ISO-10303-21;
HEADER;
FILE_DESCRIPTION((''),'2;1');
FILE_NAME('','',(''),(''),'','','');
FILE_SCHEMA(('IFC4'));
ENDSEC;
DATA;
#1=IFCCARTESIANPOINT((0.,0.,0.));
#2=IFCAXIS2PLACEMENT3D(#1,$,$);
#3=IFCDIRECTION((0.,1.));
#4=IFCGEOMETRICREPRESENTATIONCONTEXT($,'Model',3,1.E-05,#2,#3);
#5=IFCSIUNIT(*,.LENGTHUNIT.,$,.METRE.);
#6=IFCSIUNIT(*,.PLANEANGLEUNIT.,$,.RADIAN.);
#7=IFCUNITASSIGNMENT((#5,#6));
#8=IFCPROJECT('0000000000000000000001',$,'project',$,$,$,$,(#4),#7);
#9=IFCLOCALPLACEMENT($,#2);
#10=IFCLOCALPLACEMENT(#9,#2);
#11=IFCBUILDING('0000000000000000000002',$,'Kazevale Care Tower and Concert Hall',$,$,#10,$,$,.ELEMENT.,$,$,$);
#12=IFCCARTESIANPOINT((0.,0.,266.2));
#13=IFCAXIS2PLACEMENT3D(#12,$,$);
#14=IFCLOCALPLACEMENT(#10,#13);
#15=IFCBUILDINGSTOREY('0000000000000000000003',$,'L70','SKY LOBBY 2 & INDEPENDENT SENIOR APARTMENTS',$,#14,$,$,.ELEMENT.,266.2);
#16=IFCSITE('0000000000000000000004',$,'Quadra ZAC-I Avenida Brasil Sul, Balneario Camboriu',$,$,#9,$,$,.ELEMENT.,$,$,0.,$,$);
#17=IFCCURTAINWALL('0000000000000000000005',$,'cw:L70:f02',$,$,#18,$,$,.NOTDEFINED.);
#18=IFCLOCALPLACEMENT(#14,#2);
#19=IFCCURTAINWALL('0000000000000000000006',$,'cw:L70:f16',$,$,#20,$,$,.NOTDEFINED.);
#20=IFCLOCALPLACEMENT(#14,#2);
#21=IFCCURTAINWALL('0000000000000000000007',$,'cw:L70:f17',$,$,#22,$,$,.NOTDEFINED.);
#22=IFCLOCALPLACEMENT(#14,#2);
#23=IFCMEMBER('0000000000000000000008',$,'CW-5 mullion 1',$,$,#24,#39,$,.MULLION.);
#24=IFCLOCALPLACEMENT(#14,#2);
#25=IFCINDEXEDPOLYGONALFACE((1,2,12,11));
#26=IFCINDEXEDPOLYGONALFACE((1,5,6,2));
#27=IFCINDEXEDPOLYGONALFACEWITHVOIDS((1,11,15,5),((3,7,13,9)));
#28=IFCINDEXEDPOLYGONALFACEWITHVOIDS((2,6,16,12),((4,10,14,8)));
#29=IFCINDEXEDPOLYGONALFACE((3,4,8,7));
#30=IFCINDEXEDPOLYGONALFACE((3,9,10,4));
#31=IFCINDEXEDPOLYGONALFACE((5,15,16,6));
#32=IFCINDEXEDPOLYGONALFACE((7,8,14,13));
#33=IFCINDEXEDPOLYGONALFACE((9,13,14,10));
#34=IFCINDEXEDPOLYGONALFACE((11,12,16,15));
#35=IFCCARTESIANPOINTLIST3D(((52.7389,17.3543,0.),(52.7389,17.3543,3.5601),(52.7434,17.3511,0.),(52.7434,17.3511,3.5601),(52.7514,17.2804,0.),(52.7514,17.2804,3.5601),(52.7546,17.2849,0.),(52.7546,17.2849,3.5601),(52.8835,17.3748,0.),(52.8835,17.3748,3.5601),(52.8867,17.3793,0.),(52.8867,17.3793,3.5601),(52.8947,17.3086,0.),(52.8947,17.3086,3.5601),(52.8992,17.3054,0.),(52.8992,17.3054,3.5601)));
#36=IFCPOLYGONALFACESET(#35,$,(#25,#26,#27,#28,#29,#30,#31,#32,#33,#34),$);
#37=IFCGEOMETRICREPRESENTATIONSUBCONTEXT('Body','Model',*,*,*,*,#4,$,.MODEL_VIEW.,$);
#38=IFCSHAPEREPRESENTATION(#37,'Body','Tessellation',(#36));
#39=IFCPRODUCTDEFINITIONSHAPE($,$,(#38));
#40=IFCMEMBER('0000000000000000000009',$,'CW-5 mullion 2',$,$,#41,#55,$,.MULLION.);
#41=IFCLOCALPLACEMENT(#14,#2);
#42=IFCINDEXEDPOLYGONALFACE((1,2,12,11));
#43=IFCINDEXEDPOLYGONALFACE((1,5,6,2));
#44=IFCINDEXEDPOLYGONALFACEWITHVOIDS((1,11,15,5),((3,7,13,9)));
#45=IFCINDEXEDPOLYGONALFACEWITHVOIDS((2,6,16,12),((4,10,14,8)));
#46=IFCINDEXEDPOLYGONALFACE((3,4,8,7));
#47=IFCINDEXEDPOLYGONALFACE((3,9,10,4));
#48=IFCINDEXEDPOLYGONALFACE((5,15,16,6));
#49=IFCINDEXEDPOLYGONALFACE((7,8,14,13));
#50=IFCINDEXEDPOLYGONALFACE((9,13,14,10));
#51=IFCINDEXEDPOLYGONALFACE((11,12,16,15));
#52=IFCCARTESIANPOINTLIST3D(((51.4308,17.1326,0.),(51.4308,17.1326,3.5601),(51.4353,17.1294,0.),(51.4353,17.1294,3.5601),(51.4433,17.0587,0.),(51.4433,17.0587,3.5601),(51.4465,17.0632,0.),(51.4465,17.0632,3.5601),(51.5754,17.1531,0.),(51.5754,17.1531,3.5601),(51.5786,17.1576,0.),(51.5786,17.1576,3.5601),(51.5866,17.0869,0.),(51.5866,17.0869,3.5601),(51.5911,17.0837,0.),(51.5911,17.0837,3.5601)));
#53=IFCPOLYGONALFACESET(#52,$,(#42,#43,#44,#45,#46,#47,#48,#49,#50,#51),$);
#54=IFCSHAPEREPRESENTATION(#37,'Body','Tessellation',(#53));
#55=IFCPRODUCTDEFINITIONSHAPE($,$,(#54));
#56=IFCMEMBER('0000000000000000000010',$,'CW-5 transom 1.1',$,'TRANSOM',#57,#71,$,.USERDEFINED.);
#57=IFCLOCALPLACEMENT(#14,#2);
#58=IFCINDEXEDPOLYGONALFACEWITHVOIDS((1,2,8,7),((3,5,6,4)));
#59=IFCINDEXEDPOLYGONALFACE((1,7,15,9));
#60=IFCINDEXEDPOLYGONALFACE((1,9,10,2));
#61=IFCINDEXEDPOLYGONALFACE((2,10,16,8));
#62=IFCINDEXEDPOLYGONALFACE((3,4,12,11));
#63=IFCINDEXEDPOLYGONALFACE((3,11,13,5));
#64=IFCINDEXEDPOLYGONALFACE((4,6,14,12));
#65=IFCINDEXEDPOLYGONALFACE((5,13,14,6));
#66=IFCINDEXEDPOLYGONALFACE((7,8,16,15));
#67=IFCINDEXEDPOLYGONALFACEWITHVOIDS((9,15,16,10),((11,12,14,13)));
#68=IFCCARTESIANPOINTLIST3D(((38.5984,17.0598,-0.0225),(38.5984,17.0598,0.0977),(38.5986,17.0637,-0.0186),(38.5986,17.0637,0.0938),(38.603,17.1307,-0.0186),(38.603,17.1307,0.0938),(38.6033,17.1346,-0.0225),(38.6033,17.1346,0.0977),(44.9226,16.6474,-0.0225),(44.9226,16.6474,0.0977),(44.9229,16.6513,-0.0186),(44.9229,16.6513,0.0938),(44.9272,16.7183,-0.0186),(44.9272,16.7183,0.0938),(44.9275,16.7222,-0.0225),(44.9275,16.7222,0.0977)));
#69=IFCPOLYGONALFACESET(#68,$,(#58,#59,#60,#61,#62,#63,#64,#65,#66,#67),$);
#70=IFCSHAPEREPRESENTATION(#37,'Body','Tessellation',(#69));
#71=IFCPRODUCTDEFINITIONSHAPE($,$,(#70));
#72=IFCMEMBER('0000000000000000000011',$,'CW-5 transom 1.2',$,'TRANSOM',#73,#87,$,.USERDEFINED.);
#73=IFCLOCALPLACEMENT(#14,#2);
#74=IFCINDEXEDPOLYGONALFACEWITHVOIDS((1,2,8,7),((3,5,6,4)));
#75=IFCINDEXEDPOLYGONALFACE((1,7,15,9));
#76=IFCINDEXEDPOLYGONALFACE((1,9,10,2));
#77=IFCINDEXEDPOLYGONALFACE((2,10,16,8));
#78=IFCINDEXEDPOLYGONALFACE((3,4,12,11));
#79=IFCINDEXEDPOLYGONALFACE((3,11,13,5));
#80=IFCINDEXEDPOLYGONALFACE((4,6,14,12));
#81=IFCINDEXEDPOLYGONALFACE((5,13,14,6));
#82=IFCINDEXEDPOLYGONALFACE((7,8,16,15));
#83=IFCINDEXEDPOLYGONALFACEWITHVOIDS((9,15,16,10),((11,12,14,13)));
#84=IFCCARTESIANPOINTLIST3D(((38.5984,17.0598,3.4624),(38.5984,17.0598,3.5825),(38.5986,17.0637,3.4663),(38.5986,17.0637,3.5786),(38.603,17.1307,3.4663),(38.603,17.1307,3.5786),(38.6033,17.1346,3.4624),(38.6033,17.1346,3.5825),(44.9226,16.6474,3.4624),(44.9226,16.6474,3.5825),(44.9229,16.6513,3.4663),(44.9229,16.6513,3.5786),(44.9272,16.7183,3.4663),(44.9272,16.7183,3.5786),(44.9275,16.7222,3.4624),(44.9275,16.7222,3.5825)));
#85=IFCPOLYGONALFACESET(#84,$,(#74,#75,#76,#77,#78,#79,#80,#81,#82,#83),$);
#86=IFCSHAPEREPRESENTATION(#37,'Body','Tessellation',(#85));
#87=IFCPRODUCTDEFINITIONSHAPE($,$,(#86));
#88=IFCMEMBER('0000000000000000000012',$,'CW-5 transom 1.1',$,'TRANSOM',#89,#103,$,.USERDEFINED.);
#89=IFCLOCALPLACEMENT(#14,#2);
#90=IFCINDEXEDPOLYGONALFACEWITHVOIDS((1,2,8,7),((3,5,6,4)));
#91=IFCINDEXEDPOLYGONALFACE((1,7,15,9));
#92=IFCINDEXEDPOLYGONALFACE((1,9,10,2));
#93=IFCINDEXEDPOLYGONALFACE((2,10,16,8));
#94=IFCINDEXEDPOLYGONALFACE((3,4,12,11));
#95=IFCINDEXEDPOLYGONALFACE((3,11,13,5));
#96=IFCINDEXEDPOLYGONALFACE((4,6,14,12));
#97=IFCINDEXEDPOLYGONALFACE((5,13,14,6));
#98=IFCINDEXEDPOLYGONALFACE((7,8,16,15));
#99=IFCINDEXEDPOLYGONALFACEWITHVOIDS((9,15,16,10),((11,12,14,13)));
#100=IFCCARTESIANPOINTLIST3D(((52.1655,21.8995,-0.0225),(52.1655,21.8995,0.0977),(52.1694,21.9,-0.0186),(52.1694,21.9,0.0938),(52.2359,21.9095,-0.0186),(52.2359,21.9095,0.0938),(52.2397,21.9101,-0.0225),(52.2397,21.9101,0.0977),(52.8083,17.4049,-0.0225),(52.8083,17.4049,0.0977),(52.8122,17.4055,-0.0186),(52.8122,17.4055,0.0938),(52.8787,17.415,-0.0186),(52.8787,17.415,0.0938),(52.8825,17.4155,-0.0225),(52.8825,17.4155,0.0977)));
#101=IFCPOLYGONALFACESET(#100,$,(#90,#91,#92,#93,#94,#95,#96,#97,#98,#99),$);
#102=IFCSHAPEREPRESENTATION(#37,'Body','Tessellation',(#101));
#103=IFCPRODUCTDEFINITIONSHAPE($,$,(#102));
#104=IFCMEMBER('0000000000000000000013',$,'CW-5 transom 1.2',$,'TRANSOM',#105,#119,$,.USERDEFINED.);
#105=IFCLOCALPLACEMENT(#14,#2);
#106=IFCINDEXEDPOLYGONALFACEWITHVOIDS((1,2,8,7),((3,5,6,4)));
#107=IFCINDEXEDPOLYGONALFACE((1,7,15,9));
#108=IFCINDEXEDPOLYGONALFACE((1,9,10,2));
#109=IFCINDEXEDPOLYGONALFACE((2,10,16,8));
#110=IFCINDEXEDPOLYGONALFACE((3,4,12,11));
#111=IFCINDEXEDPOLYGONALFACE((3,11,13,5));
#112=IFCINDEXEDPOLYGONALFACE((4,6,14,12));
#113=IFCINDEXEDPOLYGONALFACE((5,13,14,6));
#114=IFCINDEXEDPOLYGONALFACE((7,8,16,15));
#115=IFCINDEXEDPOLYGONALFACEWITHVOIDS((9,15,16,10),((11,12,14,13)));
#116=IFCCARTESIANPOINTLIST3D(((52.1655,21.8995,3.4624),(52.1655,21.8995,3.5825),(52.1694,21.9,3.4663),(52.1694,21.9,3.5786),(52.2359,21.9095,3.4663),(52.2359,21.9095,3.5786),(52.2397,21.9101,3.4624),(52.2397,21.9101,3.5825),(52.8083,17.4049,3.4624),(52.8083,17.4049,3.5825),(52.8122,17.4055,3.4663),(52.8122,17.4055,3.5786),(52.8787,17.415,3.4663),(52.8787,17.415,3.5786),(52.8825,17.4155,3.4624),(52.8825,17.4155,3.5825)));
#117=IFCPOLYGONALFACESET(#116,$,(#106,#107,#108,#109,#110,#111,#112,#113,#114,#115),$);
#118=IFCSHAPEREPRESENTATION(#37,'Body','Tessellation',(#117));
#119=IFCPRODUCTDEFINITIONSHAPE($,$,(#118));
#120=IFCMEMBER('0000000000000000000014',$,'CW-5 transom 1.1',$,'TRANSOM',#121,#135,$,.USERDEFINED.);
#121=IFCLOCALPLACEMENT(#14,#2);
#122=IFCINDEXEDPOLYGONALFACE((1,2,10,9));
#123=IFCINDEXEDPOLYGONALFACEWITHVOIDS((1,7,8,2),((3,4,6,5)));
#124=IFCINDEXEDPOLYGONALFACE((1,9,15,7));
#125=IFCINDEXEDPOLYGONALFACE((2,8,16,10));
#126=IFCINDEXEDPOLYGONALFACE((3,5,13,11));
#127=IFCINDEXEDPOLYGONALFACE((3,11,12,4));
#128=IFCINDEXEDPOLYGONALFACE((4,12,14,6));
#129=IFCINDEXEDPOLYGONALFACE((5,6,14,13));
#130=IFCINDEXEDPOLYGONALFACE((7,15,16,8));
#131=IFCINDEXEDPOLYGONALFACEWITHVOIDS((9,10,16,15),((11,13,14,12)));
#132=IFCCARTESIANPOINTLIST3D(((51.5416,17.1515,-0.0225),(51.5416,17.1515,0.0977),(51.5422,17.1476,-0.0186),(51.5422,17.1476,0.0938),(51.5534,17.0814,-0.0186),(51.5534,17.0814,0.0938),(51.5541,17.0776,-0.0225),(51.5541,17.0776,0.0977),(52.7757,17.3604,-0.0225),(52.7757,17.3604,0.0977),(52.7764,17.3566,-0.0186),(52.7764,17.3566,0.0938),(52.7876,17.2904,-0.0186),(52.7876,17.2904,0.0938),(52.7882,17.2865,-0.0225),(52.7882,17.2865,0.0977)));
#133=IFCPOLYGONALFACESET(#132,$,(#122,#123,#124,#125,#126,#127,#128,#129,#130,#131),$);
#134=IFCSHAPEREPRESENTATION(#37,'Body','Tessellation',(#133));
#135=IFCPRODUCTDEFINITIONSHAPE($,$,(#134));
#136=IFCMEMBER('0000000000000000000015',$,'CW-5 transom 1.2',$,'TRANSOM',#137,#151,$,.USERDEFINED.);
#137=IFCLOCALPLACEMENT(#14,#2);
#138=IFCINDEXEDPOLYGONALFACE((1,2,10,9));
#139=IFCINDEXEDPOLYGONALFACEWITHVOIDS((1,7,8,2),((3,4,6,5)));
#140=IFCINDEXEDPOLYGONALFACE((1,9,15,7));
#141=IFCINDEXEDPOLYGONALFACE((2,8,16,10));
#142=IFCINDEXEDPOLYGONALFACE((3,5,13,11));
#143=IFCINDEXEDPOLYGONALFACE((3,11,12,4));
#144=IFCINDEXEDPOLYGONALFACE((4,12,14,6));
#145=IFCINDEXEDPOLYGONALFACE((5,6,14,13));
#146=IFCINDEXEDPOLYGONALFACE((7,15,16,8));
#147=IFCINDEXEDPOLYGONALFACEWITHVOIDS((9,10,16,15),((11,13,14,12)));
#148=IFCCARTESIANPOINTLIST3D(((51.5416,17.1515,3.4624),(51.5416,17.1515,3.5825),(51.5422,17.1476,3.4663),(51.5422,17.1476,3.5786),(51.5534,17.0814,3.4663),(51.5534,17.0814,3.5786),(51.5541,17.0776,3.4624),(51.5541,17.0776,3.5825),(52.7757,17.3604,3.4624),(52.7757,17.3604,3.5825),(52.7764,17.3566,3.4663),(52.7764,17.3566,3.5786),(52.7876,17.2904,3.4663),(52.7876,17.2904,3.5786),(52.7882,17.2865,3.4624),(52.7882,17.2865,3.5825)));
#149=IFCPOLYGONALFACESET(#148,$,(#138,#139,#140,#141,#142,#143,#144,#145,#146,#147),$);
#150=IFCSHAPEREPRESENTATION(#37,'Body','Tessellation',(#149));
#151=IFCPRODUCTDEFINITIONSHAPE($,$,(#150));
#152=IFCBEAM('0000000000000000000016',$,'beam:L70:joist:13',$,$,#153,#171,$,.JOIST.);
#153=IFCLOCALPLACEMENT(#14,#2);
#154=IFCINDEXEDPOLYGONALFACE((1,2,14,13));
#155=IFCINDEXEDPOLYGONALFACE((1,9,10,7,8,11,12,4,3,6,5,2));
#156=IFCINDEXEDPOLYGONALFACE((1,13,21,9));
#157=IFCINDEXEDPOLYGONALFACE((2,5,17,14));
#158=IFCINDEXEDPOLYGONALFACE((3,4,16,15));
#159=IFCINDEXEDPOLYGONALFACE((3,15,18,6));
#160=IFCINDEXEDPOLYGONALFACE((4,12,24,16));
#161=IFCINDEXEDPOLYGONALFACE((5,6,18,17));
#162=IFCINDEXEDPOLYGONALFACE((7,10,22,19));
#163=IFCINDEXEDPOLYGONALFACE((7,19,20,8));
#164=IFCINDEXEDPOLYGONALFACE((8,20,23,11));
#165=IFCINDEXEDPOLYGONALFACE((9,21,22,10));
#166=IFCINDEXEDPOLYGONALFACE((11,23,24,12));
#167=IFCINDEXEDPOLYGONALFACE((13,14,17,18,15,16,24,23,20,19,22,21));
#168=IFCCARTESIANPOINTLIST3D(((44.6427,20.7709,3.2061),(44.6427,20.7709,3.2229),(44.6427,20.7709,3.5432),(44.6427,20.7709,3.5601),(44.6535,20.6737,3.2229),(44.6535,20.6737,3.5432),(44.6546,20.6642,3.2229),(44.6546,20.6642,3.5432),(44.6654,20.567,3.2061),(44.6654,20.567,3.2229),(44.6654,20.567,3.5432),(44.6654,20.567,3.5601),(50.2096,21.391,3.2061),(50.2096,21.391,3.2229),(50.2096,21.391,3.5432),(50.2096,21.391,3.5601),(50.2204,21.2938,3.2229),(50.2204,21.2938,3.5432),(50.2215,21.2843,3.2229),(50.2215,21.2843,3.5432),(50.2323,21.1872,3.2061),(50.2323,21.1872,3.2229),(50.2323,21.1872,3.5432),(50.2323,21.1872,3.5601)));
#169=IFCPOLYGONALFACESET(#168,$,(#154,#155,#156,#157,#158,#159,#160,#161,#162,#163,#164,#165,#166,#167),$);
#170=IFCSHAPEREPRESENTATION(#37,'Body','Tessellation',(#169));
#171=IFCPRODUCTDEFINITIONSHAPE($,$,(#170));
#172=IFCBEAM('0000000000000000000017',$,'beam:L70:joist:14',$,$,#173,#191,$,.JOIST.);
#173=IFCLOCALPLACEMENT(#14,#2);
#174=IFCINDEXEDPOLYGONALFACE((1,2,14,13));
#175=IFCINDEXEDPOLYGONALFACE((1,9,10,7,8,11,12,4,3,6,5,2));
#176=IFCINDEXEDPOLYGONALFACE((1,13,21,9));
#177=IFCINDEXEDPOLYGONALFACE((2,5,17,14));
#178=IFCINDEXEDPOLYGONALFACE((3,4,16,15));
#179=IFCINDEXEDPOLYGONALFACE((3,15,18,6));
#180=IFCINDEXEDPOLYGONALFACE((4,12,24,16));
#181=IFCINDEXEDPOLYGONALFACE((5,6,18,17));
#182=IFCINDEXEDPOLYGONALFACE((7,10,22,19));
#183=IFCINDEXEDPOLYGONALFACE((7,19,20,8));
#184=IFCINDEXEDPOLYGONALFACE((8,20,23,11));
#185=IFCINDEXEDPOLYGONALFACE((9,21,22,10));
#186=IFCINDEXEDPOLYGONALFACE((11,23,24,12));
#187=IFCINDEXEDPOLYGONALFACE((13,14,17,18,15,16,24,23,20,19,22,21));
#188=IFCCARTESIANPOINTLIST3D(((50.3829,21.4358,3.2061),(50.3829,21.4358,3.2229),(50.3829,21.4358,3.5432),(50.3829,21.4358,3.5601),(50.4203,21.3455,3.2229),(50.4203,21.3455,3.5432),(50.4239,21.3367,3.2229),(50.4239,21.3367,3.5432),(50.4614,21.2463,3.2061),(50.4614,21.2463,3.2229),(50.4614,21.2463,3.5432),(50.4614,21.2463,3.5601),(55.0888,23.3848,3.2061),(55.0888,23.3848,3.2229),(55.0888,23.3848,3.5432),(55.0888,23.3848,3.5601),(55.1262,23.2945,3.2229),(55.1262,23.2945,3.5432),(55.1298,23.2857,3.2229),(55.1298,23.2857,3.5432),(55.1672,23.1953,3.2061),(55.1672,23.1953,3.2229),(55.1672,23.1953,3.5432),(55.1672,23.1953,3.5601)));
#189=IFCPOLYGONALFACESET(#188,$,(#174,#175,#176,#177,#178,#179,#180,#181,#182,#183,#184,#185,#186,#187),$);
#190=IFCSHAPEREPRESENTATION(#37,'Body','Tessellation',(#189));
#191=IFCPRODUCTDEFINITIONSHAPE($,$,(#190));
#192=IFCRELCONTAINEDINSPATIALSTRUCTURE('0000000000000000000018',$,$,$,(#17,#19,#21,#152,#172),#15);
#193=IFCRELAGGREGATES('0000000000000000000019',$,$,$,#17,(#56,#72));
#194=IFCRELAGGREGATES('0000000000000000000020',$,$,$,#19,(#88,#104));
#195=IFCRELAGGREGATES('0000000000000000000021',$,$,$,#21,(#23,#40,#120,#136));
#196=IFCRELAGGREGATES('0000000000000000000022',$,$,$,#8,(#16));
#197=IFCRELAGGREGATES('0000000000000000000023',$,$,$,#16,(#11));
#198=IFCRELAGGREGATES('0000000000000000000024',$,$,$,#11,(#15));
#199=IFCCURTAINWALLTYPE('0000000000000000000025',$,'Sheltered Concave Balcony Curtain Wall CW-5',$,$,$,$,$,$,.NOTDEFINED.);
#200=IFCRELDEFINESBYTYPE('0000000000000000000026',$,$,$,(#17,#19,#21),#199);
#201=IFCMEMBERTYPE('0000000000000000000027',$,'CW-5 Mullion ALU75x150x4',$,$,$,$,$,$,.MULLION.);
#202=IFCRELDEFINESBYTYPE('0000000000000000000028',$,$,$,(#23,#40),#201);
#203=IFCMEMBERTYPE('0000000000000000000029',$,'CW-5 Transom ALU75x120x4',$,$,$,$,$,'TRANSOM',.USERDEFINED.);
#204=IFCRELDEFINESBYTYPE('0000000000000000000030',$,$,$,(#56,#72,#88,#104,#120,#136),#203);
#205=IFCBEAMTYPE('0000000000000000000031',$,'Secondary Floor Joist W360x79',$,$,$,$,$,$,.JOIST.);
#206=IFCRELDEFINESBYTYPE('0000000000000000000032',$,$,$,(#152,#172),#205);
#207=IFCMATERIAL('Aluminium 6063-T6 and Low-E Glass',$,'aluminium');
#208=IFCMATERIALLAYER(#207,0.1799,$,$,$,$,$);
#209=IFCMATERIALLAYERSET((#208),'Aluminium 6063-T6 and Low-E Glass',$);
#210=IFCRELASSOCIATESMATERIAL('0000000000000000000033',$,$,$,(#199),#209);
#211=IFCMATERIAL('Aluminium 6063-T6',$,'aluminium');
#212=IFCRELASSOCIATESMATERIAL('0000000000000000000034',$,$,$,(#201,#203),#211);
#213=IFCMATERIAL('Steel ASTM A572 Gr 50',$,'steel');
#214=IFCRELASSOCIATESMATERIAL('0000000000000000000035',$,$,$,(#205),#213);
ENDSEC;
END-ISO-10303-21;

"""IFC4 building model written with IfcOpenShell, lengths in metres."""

from ifc_helpers import new_model, si_unit, direction, frame, origin, origin_2d, place, context, subcontext, project, spatial, hollow_rectangle, i_section, extrude, material, layer, layer_set, material_profile, profile_set, type_object, element, aggregate, save


model = new_model("IFC4")

# Units and contexts
model_context = context("Model", 3, precision=1e-05, world=origin(), true_north=direction((0.0, 1.0)))
body_context = subcontext(model_context, "Body", "Model", "MODEL_VIEW")
ifc_project = project(units=[si_unit("LENGTHUNIT", "METRE"), si_unit("PLANEANGLEUNIT", "RADIAN")], contexts=[model_context])

# Site, building, storey
site_placement = place(None, origin())
site = spatial("IfcSite", under=ifc_project, at=site_placement, Name="Quadra ZAC-I Avenida Brasil Sul, Balneario Camboriu", CompositionType="ELEMENT", RefElevation=0.0)
building_placement = place(site_placement, origin())
building = spatial("IfcBuilding", under=site, at=building_placement, Name="Kazevale Care Tower and Concert Hall", CompositionType="ELEMENT")
storey_placement = place(building_placement, frame((0.0, 0.0, 266.2)))
storey = spatial("IfcBuildingStorey", under=building, at=storey_placement, Name="L70", Description="SKY LOBBY 2 & INDEPENDENT SENIOR APARTMENTS", CompositionType="ELEMENT", Elevation=266.2)

# Curtain wall
ifc_material_1 = material(Name="Aluminium 6063-T6 and Low-E Glass", Category="aluminium")
ifc_layer_1 = layer(ifc_material_1, 0.1799)
ifc_layer_set_1 = layer_set([ifc_layer_1], Name="Aluminium 6063-T6 and Low-E Glass")
curtain_wall_type = type_object("IfcCurtainWallType", Name="Sheltered Concave Balcony Curtain Wall CW-5", PredefinedType="NOTDEFINED", material=ifc_layer_set_1)
curtain_wall_1_placement = place(storey_placement, origin())
curtain_wall_1 = element("IfcCurtainWall", 1, at=curtain_wall_1_placement, inside=storey, type_object=curtain_wall_type, Name="cw:L70:f02", PredefinedType="NOTDEFINED")
ifc_material_2 = material(Name="Aluminium 6063-T6", Category="aluminium")
ifc_material_profile_1 = material_profile(ifc_material_2, hollow_rectangle(XDim=0.075, YDim=0.1499, WallThickness=0.0039, at=origin_2d()), Name="ALU75x150x4")
ifc_profile_set_1 = profile_set([ifc_material_profile_1], Name="Aluminium 6063-T6")
member_type_1 = type_object("IfcMemberType", Name="CW-5 Mullion ALU75x150x4", PredefinedType="MULLION", material=ifc_profile_set_1)

# Curtain walls, members
curtain_wall_2_placement = place(storey_placement, origin())
curtain_wall_2 = element("IfcCurtainWall", 2, at=curtain_wall_2_placement, inside=storey, type_object=curtain_wall_type, Name="cw:L70:f16", PredefinedType="NOTDEFINED")
curtain_wall_3_placement = place(storey_placement, origin())
curtain_wall_3 = element("IfcCurtainWall", 3, at=curtain_wall_3_placement, inside=storey, type_object=curtain_wall_type, Name="cw:L70:f17", PredefinedType="NOTDEFINED")
member_1_placement = place(storey_placement, frame((52.8191, 17.3298, 0.0), z_axis=(0.0, 0.0, 1.0), x_axis=(0.166944, -0.985966, 0.0)))
member_1 = element("IfcMember", 4, at=member_1_placement, type_object=member_type_1, Name="CW-5 mullion 1", PredefinedType="MULLION", context=body_context, shape_type="SweptSolid", body=[
    extrude(hollow_rectangle(XDim=0.075, YDim=0.1499, WallThickness=0.0039, at=origin_2d()), origin(), (0.0, 0.0, 1.0), 3.5601),
])
member_2_placement = place(storey_placement, frame((51.511, 17.1082, 0.0), z_axis=(0.0, 0.0, 1.0), x_axis=(0.166944, -0.985966, 0.0)))
member_2 = element("IfcMember", 5, at=member_2_placement, type_object=member_type_1, Name="CW-5 mullion 2", PredefinedType="MULLION", context=body_context, shape_type="SweptSolid", body=[
    extrude(hollow_rectangle(XDim=0.075, YDim=0.1499, WallThickness=0.0039, at=origin_2d()), origin(), (0.0, 0.0, 1.0), 3.5601),
])

# Members
ifc_material_profile_2 = material_profile(ifc_material_2, hollow_rectangle(XDim=0.075, YDim=0.1201, WallThickness=0.0039, at=origin_2d()), Name="ALU75x120x4")
ifc_profile_set_2 = profile_set([ifc_material_profile_2], Name="Aluminium 6063-T6")
member_type_2 = type_object("IfcMemberType", Name="CW-5 Transom ALU75x120x4", ElementType="TRANSOM", PredefinedType="USERDEFINED", material=ifc_profile_set_2)
member_3_placement = place(storey_placement, frame((44.925, 16.6848, 0.0376), z_axis=(-0.997881, 0.065064, 0.0), x_axis=(-0.065064, -0.997881, 0.0)))
member_3 = element("IfcMember", 6, at=member_3_placement, type_object=member_type_2, Name="CW-5 transom 1.1", ObjectType="TRANSOM", PredefinedType="USERDEFINED", context=body_context, shape_type="SweptSolid", body=[
    extrude(hollow_rectangle(XDim=0.075, YDim=0.1201, WallThickness=0.0039, at=origin_2d()), origin(), (0.0, 0.0, 1.0), 6.3376),
])
member_4_placement = place(storey_placement, frame((44.925, 16.6848, 3.5225), z_axis=(-0.997881, 0.065064, 0.0), x_axis=(-0.065064, -0.997881, 0.0)))
member_4 = element("IfcMember", 7, at=member_4_placement, type_object=member_type_2, Name="CW-5 transom 1.2", ObjectType="TRANSOM", PredefinedType="USERDEFINED", context=body_context, shape_type="SweptSolid", body=[
    extrude(hollow_rectangle(XDim=0.075, YDim=0.1201, WallThickness=0.0039, at=origin_2d()), origin(), (0.0, 0.0, 1.0), 6.3376),
])
aggregate(curtain_wall_1, [member_3, member_4])
member_5_placement = place(storey_placement, frame((52.2026, 21.9048, 0.0376), z_axis=(0.141579, -0.989927, 0.0), x_axis=(0.989927, 0.141579, 0.0)))
member_5 = element("IfcMember", 8, at=member_5_placement, type_object=member_type_2, Name="CW-5 transom 1.1", ObjectType="TRANSOM", PredefinedType="USERDEFINED", context=body_context, shape_type="SweptSolid", body=[
    extrude(hollow_rectangle(XDim=0.075, YDim=0.1201, WallThickness=0.0039, at=origin_2d()), origin(), (0.0, 0.0, 1.0), 4.5403),
])
member_6_placement = place(storey_placement, frame((52.2026, 21.9048, 3.5225), z_axis=(0.141579, -0.989927, 0.0), x_axis=(0.989927, 0.141579, 0.0)))
member_6 = element("IfcMember", 9, at=member_6_placement, type_object=member_type_2, Name="CW-5 transom 1.2", ObjectType="TRANSOM", PredefinedType="USERDEFINED", context=body_context, shape_type="SweptSolid", body=[
    extrude(hollow_rectangle(XDim=0.075, YDim=0.1201, WallThickness=0.0039, at=origin_2d()), origin(), (0.0, 0.0, 1.0), 4.5403),
])
member_7_placement = place(storey_placement, frame((52.782, 17.3235, 0.0376), z_axis=(-0.985964, -0.16696, 0.0), x_axis=(0.16696, -0.985964, 0.0)))
member_7 = element("IfcMember", 10, at=member_7_placement, type_object=member_type_2, Name="CW-5 transom 1.1", ObjectType="TRANSOM", PredefinedType="USERDEFINED", context=body_context, shape_type="SweptSolid", body=[
    extrude(hollow_rectangle(XDim=0.075, YDim=0.1201, WallThickness=0.0039, at=origin_2d()), origin(), (0.0, 0.0, 1.0), 1.2517),
])
member_8_placement = place(storey_placement, frame((52.782, 17.3235, 3.5225), z_axis=(-0.985964, -0.16696, 0.0), x_axis=(0.16696, -0.985964, 0.0)))
member_8 = element("IfcMember", 11, at=member_8_placement, type_object=member_type_2, Name="CW-5 transom 1.2", ObjectType="TRANSOM", PredefinedType="USERDEFINED", context=body_context, shape_type="SweptSolid", body=[
    extrude(hollow_rectangle(XDim=0.075, YDim=0.1201, WallThickness=0.0039, at=origin_2d()), origin(), (0.0, 0.0, 1.0), 1.2517),
])

# Beams
ifc_material_3 = material(Name="Steel ASTM A572 Gr 50", Category="steel")
ifc_material_profile_3 = material_profile(ifc_material_3, i_section(OverallWidth=0.2051, OverallDepth=0.354, WebThickness=0.0095, FlangeThickness=0.0168, at=origin_2d()), Name="W360x79")
ifc_profile_set_3 = profile_set([ifc_material_profile_3], Name="Steel ASTM A572 Gr 50")
beam_type_1 = type_object("IfcBeamType", Name="Secondary Floor Joist W360x79", PredefinedType="JOIST", material=ifc_profile_set_3)
beam_1_placement = place(storey_placement, frame((44.6541, 20.6689, 3.3831), z_axis=(0.993853, 0.110709, 0.0), x_axis=(-0.110709, 0.993853, 0.0)))
element("IfcBeam", 12, at=beam_1_placement, inside=storey, type_object=beam_type_1, Name="beam:L70:joist:13", PredefinedType="JOIST", context=body_context, shape_type="SweptSolid", body=[
    extrude(i_section(OverallWidth=0.2051, OverallDepth=0.354, WebThickness=0.0095, FlangeThickness=0.0168, at=origin_2d()), origin(), (0.0, 0.0, 1.0), 5.6013),
])
beam_2_placement = place(storey_placement, frame((50.4221, 21.3411, 3.3831), z_axis=(0.923896, 0.382644, 0.0), x_axis=(-0.382644, 0.923896, 0.0)))
element("IfcBeam", 13, at=beam_2_placement, inside=storey, type_object=beam_type_1, Name="beam:L70:joist:14", PredefinedType="JOIST", context=body_context, shape_type="SweptSolid", body=[
    extrude(i_section(OverallWidth=0.2051, OverallDepth=0.354, WebThickness=0.0095, FlangeThickness=0.0168, at=origin_2d()), origin(), (0.0, 0.0, 1.0), 5.0935),
])

aggregate(curtain_wall_2, [member_5, member_6])
aggregate(curtain_wall_3, [member_1, member_2, member_7, member_8])

save(model, "model.ifc")
